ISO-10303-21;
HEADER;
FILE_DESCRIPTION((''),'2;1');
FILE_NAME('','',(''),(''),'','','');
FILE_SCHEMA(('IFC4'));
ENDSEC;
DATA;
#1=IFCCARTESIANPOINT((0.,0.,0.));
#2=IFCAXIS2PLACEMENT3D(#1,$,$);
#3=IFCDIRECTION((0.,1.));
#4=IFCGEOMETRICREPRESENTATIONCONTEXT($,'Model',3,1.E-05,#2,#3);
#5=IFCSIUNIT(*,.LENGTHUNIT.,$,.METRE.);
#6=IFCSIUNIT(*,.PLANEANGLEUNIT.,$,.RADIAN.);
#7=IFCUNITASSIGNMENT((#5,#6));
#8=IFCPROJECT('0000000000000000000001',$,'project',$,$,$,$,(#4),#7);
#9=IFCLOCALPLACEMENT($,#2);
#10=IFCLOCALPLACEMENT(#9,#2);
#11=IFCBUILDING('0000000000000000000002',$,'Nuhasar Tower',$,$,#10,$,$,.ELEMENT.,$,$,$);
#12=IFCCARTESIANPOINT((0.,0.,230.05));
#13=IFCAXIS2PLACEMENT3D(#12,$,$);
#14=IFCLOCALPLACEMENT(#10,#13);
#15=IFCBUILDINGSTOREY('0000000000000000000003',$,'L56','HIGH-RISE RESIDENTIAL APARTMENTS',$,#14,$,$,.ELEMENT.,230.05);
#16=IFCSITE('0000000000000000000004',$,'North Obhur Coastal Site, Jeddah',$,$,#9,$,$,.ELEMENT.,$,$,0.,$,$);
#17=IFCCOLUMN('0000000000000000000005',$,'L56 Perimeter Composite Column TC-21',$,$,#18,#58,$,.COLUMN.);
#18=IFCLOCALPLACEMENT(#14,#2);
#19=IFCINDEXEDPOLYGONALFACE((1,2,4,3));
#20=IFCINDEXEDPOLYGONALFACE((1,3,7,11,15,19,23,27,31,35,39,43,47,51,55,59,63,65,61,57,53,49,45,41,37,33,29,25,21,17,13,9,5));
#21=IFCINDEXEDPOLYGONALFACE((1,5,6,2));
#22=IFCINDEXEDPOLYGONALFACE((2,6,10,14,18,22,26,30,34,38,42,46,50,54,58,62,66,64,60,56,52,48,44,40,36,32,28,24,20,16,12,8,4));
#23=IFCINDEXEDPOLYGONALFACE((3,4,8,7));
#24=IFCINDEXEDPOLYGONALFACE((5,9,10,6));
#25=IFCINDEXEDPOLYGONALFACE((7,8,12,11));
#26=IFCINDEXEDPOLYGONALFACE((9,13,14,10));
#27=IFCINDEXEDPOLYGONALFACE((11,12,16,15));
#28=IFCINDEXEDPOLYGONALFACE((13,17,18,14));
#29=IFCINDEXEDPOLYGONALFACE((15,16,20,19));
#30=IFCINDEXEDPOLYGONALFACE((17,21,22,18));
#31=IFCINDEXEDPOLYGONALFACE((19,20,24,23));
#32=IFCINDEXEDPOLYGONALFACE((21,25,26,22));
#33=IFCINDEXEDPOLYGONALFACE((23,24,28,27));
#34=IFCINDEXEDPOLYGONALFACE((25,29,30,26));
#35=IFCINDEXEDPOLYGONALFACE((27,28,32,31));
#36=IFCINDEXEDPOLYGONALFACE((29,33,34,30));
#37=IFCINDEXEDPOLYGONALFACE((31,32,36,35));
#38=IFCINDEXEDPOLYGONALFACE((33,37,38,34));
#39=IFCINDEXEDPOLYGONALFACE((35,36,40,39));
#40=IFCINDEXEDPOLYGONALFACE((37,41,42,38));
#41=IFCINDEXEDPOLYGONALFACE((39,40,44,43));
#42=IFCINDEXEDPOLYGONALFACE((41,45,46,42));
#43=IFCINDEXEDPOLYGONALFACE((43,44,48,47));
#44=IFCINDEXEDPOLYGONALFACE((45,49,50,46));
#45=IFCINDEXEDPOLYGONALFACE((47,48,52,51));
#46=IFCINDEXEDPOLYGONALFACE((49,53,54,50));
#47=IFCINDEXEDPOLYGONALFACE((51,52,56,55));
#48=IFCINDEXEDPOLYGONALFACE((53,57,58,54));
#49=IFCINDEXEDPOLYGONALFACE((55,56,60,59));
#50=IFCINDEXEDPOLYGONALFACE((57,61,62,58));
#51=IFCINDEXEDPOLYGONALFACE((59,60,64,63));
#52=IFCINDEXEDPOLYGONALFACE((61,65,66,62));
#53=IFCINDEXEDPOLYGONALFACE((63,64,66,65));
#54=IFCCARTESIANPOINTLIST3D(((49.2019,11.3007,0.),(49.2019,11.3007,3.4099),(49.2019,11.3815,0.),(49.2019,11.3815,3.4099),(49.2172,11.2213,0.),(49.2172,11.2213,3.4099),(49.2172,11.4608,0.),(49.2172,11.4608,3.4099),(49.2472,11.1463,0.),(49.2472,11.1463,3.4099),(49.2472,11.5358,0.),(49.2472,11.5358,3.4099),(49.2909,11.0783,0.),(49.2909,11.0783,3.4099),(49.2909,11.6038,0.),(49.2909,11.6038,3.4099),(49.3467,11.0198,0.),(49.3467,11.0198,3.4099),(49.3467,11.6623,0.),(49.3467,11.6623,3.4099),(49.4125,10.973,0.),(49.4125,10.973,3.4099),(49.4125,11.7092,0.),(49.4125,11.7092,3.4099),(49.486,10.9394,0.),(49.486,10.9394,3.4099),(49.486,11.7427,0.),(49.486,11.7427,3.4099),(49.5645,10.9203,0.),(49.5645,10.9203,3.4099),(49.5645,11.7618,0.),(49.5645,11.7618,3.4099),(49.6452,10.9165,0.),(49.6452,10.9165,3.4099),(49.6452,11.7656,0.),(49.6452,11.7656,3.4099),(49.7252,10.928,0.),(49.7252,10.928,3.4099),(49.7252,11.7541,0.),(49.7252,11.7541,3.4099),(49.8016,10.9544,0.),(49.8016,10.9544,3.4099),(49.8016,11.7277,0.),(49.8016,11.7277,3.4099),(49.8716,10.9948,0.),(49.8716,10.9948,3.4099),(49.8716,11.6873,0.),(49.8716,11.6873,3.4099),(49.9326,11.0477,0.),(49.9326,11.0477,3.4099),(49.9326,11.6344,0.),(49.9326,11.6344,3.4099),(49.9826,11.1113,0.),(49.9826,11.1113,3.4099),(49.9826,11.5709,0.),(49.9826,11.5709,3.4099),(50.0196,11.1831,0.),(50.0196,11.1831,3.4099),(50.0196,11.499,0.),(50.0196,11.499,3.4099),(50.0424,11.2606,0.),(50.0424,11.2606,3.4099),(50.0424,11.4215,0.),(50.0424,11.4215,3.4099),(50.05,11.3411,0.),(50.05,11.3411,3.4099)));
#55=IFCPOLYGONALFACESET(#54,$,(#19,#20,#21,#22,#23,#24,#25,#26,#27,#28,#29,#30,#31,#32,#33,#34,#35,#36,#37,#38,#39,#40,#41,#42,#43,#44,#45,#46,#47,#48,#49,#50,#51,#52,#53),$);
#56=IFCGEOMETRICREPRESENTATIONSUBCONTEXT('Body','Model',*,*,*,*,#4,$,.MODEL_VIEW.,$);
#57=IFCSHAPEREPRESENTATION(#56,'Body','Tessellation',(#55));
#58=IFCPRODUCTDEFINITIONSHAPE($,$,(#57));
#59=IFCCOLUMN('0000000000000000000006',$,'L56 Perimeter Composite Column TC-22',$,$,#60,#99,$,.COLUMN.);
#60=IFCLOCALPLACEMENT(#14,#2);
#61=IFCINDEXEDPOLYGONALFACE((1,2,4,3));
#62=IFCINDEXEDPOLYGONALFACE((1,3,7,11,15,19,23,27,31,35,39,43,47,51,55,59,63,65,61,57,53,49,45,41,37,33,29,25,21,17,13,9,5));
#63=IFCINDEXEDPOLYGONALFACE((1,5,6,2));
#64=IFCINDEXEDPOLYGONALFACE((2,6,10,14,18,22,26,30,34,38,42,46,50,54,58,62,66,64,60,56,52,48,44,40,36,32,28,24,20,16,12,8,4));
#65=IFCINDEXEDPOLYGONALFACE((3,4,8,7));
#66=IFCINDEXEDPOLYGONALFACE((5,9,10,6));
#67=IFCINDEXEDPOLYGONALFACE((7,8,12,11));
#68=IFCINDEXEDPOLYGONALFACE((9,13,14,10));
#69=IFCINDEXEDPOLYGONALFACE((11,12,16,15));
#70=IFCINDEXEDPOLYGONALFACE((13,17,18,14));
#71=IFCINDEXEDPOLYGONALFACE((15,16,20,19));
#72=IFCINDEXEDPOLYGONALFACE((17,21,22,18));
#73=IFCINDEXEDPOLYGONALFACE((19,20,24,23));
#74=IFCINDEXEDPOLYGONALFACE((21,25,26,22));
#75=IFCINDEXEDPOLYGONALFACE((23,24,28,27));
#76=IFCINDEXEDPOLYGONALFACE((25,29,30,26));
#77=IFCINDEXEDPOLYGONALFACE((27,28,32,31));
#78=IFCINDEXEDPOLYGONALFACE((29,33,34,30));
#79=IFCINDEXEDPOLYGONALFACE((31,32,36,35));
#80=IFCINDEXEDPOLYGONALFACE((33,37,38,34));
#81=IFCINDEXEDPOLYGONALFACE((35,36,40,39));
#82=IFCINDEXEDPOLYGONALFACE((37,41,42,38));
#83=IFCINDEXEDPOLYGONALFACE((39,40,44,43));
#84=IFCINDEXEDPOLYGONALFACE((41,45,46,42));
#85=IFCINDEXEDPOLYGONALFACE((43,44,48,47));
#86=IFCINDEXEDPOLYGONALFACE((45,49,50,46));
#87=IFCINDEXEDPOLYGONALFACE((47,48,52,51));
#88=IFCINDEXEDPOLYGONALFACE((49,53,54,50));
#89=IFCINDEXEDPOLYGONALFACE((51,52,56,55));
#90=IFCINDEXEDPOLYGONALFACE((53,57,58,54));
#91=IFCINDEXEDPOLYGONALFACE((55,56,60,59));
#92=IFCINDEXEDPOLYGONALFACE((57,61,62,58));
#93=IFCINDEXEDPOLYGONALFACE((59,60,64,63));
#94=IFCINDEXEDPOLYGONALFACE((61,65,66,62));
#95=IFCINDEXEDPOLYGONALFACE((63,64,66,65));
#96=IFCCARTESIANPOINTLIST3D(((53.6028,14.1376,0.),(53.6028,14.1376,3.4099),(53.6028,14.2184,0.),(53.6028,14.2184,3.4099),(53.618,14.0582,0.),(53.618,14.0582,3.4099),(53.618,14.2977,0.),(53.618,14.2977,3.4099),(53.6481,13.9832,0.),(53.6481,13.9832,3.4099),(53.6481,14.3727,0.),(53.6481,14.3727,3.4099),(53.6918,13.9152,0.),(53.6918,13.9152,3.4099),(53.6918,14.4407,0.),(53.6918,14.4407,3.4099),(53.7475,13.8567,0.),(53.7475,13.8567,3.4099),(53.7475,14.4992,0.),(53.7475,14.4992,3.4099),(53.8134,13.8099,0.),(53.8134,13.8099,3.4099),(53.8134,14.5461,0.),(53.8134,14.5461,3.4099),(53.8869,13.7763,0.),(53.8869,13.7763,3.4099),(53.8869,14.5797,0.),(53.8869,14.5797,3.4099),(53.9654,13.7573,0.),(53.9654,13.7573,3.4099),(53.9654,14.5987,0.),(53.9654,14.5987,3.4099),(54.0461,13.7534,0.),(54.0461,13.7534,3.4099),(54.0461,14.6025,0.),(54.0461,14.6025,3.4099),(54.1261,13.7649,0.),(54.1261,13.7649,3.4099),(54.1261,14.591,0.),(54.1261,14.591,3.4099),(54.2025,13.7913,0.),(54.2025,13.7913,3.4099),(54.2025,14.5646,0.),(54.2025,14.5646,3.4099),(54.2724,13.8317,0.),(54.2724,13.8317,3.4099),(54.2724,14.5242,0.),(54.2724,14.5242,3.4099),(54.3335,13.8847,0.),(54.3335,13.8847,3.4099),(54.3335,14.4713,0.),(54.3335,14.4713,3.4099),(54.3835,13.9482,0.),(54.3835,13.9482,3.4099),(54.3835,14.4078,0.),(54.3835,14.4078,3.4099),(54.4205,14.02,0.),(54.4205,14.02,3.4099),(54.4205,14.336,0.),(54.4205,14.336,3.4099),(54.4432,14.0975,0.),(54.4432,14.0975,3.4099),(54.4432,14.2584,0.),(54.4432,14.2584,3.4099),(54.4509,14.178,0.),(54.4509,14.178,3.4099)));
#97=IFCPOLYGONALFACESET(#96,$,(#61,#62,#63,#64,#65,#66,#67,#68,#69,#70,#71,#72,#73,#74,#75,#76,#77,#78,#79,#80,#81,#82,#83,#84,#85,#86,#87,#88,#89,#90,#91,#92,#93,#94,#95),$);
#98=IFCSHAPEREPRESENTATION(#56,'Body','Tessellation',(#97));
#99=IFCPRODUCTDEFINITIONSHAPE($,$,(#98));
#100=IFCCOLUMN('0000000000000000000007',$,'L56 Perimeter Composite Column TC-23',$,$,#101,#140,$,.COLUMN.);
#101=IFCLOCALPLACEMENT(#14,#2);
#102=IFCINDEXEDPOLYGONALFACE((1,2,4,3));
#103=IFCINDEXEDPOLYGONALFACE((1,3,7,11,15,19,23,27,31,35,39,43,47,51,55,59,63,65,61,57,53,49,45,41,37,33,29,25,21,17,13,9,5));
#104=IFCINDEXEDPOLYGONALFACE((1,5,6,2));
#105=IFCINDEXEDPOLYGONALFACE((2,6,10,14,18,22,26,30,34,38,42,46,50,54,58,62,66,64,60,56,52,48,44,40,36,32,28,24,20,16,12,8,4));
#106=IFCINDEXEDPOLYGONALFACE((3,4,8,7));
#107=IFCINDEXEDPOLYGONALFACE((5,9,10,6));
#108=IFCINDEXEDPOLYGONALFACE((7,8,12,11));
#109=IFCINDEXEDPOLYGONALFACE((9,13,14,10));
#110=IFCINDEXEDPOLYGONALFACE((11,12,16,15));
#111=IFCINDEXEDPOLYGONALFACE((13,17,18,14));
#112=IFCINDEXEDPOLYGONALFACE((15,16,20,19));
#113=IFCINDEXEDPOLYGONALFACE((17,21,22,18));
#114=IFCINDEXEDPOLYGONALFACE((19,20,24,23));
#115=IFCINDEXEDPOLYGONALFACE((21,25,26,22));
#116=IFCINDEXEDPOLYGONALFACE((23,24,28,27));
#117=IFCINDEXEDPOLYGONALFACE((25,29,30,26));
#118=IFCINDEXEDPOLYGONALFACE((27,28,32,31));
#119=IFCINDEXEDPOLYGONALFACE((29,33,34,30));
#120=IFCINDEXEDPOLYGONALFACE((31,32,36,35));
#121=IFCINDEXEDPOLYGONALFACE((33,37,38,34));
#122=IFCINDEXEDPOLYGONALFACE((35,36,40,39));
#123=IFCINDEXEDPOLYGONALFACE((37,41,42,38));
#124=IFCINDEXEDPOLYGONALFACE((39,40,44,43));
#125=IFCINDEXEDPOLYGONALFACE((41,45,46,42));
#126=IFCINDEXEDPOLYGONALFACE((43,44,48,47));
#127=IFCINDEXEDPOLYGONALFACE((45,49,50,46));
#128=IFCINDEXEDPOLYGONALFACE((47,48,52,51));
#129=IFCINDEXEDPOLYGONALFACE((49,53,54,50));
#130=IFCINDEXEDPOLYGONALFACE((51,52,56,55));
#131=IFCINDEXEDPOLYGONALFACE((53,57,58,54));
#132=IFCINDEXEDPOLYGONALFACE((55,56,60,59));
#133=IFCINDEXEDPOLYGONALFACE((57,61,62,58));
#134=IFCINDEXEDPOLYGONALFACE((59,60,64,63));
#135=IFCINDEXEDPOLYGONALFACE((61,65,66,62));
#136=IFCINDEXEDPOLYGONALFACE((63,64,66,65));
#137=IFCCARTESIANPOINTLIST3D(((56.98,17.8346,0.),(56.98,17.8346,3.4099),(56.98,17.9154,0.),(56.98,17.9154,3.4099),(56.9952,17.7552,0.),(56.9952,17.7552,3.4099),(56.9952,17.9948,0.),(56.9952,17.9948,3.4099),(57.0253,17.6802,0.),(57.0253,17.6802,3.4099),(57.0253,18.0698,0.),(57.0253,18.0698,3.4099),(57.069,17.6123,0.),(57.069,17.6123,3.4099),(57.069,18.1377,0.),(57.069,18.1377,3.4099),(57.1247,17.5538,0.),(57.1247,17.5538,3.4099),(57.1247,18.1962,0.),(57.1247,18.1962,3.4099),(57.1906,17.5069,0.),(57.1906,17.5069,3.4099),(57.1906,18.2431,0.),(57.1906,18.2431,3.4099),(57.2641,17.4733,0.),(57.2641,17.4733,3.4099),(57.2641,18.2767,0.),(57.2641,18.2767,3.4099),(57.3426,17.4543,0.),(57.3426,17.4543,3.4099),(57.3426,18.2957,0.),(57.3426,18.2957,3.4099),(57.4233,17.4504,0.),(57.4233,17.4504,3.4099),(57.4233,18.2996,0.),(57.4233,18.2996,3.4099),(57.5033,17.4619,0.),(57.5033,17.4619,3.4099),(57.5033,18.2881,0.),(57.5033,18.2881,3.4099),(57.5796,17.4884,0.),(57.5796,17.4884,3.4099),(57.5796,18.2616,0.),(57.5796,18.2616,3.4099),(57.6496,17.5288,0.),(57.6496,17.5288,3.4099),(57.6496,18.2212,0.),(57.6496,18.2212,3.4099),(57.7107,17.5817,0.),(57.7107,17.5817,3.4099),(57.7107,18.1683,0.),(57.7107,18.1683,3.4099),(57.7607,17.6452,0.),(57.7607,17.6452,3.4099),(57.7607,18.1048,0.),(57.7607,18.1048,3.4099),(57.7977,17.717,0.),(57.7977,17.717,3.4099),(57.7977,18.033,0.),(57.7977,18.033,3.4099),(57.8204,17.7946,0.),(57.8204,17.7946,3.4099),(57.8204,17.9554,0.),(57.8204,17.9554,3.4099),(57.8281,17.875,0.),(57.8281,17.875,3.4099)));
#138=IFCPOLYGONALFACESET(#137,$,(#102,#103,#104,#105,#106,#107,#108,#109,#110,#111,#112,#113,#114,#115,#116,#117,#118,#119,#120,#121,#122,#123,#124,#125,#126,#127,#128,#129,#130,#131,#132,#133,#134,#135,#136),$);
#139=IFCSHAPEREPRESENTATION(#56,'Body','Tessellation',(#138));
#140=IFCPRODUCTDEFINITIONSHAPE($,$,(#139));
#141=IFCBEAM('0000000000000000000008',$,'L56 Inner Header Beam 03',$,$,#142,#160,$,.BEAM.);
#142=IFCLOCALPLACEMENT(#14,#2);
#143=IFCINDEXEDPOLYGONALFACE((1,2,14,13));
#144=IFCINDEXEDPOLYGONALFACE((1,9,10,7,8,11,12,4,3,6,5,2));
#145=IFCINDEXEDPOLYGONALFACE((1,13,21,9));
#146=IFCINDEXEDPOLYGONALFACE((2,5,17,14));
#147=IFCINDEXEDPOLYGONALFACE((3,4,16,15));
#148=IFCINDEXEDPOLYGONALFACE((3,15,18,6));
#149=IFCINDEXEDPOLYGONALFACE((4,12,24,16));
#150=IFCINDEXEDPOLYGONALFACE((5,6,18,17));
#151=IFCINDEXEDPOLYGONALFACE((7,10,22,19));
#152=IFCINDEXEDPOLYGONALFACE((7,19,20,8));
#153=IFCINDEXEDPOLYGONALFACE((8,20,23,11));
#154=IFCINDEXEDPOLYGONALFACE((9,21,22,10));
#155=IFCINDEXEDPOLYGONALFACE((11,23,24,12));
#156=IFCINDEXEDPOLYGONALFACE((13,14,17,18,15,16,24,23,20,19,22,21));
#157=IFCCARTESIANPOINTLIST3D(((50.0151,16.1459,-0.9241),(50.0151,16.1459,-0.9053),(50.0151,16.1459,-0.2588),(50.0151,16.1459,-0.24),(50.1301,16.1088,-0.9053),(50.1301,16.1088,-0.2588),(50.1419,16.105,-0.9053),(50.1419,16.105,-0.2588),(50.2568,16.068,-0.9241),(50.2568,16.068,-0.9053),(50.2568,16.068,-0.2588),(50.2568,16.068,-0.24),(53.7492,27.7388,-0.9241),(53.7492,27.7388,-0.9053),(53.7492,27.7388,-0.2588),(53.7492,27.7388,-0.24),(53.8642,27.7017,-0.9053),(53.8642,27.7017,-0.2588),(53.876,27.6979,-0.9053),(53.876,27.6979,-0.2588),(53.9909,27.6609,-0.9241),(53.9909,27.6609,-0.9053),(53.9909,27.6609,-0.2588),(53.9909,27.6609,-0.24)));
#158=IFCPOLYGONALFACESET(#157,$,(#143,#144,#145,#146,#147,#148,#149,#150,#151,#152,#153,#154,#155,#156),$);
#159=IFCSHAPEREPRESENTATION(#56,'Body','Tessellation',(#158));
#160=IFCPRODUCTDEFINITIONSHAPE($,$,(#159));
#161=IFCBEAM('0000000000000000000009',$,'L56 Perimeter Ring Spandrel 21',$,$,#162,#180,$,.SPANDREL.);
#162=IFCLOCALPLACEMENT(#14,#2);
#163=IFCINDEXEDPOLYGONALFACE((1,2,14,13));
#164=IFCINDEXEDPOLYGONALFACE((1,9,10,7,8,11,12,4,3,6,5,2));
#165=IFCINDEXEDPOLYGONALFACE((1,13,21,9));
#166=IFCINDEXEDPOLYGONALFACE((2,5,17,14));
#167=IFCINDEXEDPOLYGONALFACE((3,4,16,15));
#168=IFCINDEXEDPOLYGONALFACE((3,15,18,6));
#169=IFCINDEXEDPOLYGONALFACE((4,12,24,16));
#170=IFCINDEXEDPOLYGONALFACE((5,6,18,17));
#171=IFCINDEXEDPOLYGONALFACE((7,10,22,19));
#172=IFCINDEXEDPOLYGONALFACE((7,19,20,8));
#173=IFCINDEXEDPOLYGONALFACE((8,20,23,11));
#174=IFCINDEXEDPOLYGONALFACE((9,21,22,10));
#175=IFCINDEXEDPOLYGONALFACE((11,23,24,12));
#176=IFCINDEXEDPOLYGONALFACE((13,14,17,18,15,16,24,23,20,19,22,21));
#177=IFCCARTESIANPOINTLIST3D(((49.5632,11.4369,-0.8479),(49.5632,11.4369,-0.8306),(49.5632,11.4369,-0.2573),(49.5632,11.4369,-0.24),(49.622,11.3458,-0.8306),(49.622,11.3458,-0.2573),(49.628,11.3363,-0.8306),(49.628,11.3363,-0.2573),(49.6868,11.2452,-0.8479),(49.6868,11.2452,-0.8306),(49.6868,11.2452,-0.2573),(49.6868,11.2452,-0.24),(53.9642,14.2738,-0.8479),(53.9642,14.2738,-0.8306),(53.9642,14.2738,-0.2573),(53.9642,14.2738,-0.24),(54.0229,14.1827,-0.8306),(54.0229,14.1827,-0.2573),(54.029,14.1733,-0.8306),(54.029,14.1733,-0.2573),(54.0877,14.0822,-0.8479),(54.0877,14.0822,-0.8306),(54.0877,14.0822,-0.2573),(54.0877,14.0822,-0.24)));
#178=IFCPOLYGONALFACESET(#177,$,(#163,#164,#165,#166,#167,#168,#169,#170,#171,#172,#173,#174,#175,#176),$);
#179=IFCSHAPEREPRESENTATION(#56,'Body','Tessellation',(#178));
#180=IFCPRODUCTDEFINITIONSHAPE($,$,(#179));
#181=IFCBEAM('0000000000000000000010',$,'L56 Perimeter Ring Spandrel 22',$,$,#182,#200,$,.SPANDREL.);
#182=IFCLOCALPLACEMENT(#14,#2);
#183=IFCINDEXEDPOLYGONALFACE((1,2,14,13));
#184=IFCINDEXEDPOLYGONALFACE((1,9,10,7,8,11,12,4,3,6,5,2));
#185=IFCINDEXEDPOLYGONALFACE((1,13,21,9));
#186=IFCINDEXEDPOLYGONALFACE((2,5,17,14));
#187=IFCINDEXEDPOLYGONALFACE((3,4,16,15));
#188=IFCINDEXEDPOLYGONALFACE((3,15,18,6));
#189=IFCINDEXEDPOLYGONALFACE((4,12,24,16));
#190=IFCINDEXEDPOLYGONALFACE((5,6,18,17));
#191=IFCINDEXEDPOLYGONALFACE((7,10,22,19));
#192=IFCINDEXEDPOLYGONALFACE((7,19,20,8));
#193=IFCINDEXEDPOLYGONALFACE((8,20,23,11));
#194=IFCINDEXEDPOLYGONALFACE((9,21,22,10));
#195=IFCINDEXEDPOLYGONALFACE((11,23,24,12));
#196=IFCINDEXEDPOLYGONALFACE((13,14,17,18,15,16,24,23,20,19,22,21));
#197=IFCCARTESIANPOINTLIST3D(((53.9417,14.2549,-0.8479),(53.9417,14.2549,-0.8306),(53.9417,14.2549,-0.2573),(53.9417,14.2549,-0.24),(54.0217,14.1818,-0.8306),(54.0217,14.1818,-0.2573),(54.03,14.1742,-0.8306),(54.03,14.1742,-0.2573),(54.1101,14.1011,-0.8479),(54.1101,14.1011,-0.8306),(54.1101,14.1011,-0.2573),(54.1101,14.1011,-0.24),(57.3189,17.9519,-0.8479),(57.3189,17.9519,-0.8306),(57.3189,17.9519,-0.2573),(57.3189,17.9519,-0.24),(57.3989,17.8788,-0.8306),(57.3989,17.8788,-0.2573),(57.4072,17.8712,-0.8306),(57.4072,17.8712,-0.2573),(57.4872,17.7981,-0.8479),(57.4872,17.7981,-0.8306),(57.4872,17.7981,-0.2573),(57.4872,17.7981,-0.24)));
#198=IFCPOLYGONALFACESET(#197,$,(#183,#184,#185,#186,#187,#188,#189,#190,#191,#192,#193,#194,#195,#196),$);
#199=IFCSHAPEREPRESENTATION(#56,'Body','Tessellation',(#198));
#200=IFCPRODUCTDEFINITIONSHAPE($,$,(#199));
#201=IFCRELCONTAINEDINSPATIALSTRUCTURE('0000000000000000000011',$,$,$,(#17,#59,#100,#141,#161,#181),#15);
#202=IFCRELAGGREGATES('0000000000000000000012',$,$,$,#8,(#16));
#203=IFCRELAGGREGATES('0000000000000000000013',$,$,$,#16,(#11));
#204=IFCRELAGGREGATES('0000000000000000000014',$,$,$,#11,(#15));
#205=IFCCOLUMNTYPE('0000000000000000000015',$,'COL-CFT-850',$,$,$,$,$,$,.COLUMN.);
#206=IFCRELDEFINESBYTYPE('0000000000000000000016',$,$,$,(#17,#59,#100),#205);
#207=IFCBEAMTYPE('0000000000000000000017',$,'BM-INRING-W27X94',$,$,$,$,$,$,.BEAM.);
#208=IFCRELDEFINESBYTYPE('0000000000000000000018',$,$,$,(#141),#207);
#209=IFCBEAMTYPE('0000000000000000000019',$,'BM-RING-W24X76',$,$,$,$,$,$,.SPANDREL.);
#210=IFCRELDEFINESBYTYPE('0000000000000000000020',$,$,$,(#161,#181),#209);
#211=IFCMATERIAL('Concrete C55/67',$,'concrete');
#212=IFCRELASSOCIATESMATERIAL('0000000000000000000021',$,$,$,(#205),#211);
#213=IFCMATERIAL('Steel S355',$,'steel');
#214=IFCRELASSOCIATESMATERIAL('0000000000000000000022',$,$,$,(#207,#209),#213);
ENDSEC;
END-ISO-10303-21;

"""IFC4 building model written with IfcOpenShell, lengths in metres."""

from ifc_helpers import new_model, si_unit, direction, frame, origin, origin_2d, place, context, subcontext, project, spatial, circle, i_section, extrude, material, material_profile, profile_set, type_object, element, save


model = new_model("IFC4")

# Units and contexts
model_context = context("Model", 3, precision=1e-05, world=origin(), true_north=direction((0.0, 1.0)))
body_context = subcontext(model_context, "Body", "Model", "MODEL_VIEW")
ifc_project = project(units=[si_unit("LENGTHUNIT", "METRE"), si_unit("PLANEANGLEUNIT", "RADIAN")], contexts=[model_context])

# Site, building, storey
site_placement = place(None, origin())
site = spatial("IfcSite", under=ifc_project, at=site_placement, Name="North Obhur Coastal Site, Jeddah", CompositionType="ELEMENT", RefElevation=0.0)
building_placement = place(site_placement, origin())
building = spatial("IfcBuilding", under=site, at=building_placement, Name="Nuhasar Tower", CompositionType="ELEMENT")
storey_placement = place(building_placement, frame((0.0, 0.0, 230.05)))
storey = spatial("IfcBuildingStorey", under=building, at=storey_placement, Name="L56", Description="HIGH-RISE RESIDENTIAL APARTMENTS", CompositionType="ELEMENT", Elevation=230.05)

# Columns
ifc_material_1 = material(Name="Concrete C55/67", Category="concrete")
ifc_material_profile_1 = material_profile(ifc_material_1, circle(Radius=0.425, at=origin_2d()), Name="CFT850")
ifc_profile_set_1 = profile_set([ifc_material_profile_1], Name="Concrete C55/67")
column_type = type_object("IfcColumnType", Name="COL-CFT-850", PredefinedType="COLUMN", material=ifc_profile_set_1)
for number, where, z_axis, x_axis, name in (
    (1, (49.625, 11.3411, 0.0), (0.0, 0.0, 1.0), (1.0, 0.0, 0.0), "L56 Perimeter Composite Column TC-21"),
    (2, (54.0259, 14.178, 0.0), (0.0, 0.0, 1.0), (1.0, 0.0, 0.0), "L56 Perimeter Composite Column TC-22"),
    (3, (57.4031, 17.875, 0.0), (0.0, 0.0, 1.0), (1.0, 0.0, 0.0), "L56 Perimeter Composite Column TC-23"),
):
    element("IfcColumn", number, at=place(storey_placement, frame(where, z_axis=z_axis, x_axis=x_axis)), inside=storey, type_object=column_type, Name=name, PredefinedType="COLUMN", context=body_context, shape_type="SweptSolid", body=[
        extrude(circle(Radius=0.425, at=origin_2d()), origin(), (0.0, 0.0, 1.0), 3.4099),
    ])

# Beams
ifc_material_2 = material(Name="Steel S355", Category="steel")
ifc_material_profile_2 = material_profile(ifc_material_2, i_section(OverallWidth=0.2539, OverallDepth=0.6841, WebThickness=0.0125, FlangeThickness=0.0188, at=origin_2d()), Name="W27X94")
ifc_profile_set_2 = profile_set([ifc_material_profile_2], Name="Steel S355")
beam_type_1 = type_object("IfcBeamType", Name="BM-INRING-W27X94", PredefinedType="BEAM", material=ifc_profile_set_2)
beam_1_placement = place(storey_placement, frame((50.136, 16.1069, -0.582), z_axis=(0.30659, 0.951842, 0.0), x_axis=(-0.951842, 0.30659, 0.0)))
element("IfcBeam", 4, at=beam_1_placement, inside=storey, type_object=beam_type_1, Name="L56 Inner Header Beam 03", PredefinedType="BEAM", context=body_context, shape_type="SweptSolid", body=[
    extrude(i_section(OverallWidth=0.2539, OverallDepth=0.6841, WebThickness=0.0125, FlangeThickness=0.0188, at=origin_2d()), origin(), (0.0, 0.0, 1.0), 12.1794),
])
ifc_material_profile_3 = material_profile(ifc_material_2, i_section(OverallWidth=0.228, OverallDepth=0.6079, WebThickness=0.0112, FlangeThickness=0.0173, at=origin_2d()), Name="W24X76")
ifc_profile_set_3 = profile_set([ifc_material_profile_3], Name="Steel S355")
beam_type_2 = type_object("IfcBeamType", Name="BM-RING-W24X76", PredefinedType="SPANDREL", material=ifc_profile_set_3)
beam_2_placement = place(storey_placement, frame((49.625, 11.3411, -0.5439), z_axis=(0.840502, 0.541808, 0.0), x_axis=(-0.541808, 0.840502, 0.0)))
element("IfcBeam", 5, at=beam_2_placement, inside=storey, type_object=beam_type_2, Name="L56 Perimeter Ring Spandrel 21", PredefinedType="SPANDREL", context=body_context, shape_type="SweptSolid", body=[
    extrude(i_section(OverallWidth=0.228, OverallDepth=0.6079, WebThickness=0.0112, FlangeThickness=0.0173, at=origin_2d()), origin(), (0.0, 0.0, 1.0), 5.2361),
])
beam_3_placement = place(storey_placement, frame((54.0259, 14.178, -0.5439), z_axis=(0.67445, 0.738321, 0.0), x_axis=(-0.738321, 0.67445, 0.0)))
element("IfcBeam", 6, at=beam_3_placement, inside=storey, type_object=beam_type_2, Name="L56 Perimeter Ring Spandrel 22", PredefinedType="SPANDREL", context=body_context, shape_type="SweptSolid", body=[
    extrude(i_section(OverallWidth=0.228, OverallDepth=0.6079, WebThickness=0.0112, FlangeThickness=0.0173, at=origin_2d()), origin(), (0.0, 0.0, 1.0), 5.0073),
])

save(model, "model.ifc")
